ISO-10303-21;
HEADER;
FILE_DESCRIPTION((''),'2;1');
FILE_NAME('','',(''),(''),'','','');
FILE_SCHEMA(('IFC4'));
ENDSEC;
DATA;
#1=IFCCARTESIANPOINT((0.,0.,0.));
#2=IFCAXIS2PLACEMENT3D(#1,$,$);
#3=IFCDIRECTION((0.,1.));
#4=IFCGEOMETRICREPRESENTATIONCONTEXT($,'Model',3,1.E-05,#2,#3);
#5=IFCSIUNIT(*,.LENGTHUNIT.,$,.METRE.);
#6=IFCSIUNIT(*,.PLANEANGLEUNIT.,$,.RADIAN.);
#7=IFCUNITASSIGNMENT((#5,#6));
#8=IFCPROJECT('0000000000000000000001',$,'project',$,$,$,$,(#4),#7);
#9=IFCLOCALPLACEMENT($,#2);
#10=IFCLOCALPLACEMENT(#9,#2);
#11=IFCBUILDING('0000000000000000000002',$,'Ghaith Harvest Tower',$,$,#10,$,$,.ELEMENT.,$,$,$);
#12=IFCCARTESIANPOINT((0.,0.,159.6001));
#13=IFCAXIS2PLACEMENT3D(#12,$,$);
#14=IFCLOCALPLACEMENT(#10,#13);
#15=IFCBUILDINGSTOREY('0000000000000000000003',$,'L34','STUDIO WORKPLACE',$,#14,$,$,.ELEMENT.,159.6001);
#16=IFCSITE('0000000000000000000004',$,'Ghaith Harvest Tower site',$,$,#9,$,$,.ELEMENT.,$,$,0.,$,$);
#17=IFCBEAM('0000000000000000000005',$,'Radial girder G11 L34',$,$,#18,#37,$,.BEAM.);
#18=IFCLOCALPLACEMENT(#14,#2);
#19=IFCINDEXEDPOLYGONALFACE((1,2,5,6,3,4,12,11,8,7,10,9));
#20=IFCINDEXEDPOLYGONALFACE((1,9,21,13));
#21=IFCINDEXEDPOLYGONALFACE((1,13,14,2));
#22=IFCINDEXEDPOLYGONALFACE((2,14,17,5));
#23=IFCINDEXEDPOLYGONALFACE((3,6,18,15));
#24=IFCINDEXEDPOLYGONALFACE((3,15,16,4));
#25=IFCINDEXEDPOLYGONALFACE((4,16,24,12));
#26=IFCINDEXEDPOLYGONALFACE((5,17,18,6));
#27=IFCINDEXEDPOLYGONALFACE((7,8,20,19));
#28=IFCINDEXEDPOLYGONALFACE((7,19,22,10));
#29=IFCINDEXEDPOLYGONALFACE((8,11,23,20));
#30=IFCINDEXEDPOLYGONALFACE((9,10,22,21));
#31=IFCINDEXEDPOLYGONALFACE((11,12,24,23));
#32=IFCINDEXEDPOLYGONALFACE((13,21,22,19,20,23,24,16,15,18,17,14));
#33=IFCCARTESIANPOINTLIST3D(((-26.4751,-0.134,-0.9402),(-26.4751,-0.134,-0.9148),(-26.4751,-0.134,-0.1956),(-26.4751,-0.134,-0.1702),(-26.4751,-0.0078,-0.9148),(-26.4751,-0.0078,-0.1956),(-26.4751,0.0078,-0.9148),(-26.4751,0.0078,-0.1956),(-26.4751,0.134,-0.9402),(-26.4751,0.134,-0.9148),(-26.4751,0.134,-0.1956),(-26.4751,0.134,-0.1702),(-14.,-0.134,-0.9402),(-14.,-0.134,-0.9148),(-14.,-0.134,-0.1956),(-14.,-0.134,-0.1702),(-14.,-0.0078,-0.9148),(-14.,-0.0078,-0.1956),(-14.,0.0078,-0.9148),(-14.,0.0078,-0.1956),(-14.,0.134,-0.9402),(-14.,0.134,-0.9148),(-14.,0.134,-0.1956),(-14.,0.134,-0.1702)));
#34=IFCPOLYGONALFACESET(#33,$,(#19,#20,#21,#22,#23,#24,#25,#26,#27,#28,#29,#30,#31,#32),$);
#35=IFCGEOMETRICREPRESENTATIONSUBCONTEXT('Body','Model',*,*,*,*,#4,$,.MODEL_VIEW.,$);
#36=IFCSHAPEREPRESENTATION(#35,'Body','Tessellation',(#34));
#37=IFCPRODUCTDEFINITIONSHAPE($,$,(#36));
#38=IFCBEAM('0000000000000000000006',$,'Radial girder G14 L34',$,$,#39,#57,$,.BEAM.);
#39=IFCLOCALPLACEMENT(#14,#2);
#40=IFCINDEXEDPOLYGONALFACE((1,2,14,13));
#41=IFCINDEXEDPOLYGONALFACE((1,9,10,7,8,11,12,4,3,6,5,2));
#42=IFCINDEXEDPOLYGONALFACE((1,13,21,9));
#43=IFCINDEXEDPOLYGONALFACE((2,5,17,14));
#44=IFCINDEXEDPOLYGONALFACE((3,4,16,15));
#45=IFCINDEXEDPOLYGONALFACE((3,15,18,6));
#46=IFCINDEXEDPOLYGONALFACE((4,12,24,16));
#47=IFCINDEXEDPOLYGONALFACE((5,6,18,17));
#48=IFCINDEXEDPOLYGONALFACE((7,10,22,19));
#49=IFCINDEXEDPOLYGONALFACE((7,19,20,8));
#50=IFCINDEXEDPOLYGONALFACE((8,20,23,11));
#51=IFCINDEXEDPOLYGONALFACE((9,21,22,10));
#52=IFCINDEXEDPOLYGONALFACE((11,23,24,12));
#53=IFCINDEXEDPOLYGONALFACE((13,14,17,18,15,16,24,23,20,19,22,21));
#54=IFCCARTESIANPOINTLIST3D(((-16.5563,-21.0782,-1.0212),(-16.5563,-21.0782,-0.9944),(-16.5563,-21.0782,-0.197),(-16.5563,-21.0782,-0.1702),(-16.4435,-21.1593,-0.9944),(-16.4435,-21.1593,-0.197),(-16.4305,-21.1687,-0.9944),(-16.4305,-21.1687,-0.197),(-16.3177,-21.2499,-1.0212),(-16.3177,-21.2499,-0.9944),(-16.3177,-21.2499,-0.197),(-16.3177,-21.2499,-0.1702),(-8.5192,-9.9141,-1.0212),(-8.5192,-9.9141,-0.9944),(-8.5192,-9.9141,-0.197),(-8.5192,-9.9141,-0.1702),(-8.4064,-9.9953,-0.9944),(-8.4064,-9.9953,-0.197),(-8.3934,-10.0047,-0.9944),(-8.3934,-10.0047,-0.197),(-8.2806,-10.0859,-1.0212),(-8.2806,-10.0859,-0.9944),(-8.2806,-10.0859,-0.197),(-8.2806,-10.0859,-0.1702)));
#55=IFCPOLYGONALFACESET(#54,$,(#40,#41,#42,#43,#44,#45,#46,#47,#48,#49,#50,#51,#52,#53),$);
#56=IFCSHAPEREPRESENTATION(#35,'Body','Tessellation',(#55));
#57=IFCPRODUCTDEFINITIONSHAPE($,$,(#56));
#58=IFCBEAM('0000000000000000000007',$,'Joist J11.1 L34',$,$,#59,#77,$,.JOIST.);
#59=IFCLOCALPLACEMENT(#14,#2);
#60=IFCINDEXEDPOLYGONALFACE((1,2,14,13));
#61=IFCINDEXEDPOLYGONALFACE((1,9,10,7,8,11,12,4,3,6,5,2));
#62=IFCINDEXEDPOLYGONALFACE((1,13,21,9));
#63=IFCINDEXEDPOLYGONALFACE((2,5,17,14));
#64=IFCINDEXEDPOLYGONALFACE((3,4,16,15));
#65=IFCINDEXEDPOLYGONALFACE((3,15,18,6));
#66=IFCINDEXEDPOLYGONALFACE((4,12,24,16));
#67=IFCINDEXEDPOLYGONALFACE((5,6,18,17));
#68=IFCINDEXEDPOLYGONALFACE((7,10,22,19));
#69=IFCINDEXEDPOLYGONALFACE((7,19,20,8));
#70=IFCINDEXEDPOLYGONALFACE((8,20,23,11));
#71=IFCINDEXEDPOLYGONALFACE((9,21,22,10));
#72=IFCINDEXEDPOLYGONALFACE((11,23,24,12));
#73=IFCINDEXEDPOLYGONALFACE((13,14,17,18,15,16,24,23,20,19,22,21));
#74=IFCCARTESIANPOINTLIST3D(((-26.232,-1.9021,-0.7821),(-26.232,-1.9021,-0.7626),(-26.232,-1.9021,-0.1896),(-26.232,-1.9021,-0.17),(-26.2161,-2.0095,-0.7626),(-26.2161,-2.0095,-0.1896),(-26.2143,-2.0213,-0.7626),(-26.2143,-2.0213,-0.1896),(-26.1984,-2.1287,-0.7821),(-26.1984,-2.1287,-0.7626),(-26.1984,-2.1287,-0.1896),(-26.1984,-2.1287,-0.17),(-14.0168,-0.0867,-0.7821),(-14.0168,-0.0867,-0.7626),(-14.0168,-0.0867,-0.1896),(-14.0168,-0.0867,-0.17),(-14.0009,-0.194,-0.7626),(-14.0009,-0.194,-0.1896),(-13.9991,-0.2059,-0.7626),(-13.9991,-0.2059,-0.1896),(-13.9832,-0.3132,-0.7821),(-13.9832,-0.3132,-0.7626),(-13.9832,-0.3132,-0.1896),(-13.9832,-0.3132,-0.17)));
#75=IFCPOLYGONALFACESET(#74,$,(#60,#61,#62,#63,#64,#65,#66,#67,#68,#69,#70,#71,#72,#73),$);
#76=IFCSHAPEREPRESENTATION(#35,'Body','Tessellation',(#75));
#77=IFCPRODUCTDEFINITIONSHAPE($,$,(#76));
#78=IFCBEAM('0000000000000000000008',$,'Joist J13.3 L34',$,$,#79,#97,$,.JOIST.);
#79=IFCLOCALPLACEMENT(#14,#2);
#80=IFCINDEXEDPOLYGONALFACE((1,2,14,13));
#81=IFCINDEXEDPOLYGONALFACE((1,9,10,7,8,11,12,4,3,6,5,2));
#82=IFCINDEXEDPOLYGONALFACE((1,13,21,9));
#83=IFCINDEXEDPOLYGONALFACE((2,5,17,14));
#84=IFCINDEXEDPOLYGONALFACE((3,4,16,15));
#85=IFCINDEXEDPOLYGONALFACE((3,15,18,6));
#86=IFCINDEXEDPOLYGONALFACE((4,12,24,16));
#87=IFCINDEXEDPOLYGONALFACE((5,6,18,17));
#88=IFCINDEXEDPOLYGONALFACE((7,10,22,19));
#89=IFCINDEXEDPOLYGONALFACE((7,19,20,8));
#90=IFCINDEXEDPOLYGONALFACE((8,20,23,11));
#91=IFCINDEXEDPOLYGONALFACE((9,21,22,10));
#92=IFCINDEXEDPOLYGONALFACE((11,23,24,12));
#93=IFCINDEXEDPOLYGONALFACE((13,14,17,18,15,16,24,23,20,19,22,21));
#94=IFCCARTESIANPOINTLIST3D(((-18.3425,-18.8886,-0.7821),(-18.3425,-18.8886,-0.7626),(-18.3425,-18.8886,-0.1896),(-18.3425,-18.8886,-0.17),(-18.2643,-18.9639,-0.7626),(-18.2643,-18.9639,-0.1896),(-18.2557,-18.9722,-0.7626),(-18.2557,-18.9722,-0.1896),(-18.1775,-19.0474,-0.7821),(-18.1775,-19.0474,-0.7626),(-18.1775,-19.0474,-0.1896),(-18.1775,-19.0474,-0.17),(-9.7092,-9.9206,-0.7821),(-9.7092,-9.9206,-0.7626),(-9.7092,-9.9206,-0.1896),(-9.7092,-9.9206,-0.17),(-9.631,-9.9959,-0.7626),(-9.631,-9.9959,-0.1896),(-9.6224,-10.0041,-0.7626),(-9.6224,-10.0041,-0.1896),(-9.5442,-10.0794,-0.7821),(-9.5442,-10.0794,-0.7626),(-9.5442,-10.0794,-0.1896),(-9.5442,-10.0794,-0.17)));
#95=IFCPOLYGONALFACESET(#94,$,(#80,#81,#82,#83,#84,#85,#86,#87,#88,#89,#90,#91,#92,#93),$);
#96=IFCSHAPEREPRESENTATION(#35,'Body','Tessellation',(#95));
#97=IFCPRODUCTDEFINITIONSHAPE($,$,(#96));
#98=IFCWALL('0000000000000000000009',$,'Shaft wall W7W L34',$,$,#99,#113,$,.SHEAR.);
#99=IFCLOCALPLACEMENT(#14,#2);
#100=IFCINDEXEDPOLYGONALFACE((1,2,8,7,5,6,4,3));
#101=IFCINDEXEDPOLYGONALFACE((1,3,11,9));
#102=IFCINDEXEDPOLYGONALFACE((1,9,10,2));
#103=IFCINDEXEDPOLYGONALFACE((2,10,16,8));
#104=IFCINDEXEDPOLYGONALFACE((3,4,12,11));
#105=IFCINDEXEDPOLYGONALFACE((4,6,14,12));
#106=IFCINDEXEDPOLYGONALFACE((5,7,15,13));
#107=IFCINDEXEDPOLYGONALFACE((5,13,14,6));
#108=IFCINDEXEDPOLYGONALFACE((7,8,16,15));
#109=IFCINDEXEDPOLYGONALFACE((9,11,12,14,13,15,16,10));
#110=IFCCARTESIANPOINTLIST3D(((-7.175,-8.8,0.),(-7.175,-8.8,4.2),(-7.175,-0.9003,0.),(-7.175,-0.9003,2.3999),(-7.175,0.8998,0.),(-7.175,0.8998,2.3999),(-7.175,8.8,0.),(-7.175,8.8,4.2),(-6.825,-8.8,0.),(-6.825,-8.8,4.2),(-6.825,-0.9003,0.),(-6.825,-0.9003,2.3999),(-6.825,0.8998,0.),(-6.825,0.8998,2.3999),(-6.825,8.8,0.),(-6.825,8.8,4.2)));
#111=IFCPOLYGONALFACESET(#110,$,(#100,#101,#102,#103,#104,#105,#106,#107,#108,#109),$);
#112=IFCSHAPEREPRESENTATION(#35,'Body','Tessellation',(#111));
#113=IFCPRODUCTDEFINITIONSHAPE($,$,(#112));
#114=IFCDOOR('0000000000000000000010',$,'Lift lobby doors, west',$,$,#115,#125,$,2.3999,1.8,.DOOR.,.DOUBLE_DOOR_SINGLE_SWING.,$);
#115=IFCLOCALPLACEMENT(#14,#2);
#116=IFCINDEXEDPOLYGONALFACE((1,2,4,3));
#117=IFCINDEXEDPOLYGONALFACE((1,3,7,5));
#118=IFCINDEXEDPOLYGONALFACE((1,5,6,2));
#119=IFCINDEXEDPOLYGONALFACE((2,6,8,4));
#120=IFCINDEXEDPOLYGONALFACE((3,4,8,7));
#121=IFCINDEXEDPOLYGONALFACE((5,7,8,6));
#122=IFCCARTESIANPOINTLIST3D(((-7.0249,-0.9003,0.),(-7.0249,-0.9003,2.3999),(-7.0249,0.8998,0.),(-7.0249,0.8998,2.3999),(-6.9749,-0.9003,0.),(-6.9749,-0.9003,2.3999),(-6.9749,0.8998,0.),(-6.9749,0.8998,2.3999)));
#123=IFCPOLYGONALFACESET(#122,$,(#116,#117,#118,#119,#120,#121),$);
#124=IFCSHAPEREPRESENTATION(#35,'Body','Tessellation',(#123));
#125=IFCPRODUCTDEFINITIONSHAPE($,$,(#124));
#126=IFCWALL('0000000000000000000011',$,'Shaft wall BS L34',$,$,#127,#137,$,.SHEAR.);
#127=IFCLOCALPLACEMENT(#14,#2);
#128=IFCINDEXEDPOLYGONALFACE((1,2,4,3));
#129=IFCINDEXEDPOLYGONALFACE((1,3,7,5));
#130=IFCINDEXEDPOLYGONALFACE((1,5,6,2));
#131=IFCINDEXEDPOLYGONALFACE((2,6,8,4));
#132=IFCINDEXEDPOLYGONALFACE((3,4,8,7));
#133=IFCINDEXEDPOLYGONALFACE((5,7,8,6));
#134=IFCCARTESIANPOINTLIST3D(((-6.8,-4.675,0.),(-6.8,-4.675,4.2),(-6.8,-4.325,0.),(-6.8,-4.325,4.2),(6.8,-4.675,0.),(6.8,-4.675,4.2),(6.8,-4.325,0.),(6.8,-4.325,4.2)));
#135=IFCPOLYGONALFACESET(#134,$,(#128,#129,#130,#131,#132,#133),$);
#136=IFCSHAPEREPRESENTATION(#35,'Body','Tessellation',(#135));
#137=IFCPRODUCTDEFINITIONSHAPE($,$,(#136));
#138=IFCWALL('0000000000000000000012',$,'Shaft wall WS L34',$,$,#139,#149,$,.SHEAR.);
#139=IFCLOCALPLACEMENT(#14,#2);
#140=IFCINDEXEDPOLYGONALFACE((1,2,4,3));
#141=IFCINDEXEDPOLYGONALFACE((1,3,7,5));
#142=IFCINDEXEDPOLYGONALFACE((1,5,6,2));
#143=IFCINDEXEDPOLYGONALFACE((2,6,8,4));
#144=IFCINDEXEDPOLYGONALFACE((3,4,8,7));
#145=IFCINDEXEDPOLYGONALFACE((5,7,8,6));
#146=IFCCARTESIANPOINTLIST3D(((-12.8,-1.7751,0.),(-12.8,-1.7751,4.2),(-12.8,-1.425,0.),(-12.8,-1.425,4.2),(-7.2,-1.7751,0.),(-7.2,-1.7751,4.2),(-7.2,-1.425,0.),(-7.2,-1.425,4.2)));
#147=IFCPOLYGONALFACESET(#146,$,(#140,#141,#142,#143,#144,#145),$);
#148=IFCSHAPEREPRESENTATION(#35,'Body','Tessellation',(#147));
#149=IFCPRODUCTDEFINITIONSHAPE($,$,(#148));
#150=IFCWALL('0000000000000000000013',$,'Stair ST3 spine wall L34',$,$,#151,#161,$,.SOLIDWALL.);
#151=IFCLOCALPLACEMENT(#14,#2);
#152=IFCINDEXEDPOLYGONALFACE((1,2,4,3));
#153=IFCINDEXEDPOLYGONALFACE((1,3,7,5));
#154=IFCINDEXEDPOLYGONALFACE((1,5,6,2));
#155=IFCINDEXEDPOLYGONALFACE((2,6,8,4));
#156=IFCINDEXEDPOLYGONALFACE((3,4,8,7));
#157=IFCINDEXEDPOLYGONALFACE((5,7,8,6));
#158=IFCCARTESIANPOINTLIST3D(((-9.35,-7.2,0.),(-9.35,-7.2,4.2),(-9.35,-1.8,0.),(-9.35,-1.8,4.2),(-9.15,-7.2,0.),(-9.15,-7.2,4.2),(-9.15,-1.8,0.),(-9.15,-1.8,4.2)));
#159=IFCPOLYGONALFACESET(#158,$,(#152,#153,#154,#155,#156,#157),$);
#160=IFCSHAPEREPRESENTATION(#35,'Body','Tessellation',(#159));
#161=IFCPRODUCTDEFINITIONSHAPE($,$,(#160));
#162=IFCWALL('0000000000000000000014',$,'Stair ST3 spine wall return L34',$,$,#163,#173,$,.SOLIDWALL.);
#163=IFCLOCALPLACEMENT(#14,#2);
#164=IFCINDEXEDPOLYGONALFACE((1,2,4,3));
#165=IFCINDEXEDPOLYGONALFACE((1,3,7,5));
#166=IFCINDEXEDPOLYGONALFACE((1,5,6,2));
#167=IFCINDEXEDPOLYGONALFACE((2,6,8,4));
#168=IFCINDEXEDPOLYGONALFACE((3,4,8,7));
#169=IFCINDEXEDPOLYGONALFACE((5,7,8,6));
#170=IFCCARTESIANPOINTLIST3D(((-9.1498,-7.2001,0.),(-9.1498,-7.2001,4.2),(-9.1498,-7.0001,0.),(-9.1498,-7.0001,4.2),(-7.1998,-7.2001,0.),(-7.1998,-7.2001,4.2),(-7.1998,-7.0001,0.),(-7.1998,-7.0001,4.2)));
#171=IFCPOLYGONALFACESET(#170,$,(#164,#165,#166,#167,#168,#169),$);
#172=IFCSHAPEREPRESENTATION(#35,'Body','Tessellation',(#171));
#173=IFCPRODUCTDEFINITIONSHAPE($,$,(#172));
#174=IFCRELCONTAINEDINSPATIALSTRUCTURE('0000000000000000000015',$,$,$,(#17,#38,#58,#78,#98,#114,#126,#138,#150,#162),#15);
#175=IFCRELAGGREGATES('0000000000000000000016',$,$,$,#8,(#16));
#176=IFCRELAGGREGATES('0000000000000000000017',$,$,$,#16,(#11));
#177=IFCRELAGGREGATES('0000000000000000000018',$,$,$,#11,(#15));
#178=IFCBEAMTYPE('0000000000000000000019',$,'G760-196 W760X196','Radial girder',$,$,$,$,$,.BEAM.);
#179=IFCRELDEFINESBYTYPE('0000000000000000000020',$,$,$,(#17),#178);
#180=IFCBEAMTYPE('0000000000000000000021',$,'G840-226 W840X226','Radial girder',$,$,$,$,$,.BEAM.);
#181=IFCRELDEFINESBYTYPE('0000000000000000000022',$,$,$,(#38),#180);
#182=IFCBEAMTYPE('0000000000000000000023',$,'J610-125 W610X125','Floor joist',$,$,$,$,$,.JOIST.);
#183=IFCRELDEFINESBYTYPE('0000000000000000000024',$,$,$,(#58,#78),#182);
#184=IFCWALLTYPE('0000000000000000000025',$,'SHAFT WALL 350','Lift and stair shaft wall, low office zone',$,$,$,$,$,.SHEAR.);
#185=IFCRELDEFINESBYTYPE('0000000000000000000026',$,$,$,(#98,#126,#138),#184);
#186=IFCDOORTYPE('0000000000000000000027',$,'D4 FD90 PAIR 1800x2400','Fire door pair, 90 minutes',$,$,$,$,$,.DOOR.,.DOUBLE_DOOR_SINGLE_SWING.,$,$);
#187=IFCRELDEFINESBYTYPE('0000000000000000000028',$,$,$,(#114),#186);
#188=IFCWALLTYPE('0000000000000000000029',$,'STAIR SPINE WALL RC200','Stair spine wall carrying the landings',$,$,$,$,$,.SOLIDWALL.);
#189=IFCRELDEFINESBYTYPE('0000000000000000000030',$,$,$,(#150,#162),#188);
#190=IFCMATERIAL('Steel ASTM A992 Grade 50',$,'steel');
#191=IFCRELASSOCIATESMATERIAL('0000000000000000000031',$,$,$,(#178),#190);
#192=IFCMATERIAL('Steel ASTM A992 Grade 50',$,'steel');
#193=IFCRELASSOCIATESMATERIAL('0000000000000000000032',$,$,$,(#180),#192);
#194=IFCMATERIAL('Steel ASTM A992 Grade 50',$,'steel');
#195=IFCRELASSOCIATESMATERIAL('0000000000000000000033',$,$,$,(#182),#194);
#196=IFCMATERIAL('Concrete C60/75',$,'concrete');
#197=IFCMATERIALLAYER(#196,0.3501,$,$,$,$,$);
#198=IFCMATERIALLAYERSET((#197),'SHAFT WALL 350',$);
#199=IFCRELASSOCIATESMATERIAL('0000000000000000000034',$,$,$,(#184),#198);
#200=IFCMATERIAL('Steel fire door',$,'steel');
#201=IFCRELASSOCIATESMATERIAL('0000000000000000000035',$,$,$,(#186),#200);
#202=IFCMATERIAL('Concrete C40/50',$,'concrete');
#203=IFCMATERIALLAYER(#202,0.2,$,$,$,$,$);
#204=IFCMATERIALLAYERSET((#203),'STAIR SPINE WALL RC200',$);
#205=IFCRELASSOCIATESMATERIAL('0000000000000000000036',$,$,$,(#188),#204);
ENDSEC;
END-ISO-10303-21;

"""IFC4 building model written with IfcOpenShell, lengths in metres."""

from ifc_helpers import new_model, si_unit, direction, frame, frame_2d, origin, origin_2d, place, context, subcontext, project, spatial, rectangle, i_section, extrude, material, layer, layer_set, material_profile, profile_set, type_object, element, fill, save


model = new_model("IFC4")

# Units and contexts
model_context = context("Model", 3, precision=1e-05, world=origin(), true_north=direction((0.0, 1.0)))
body_context = subcontext(model_context, "Body", "Model", "MODEL_VIEW")
ifc_project = project(units=[si_unit("LENGTHUNIT", "METRE"), si_unit("PLANEANGLEUNIT", "RADIAN")], contexts=[model_context])

# Site, building, storey
site_placement = place(None, origin())
site = spatial("IfcSite", under=ifc_project, at=site_placement, Name="Ghaith Harvest Tower site", CompositionType="ELEMENT", RefElevation=0.0)
building_placement = place(site_placement, origin())
building = spatial("IfcBuilding", under=site, at=building_placement, Name="Ghaith Harvest Tower", CompositionType="ELEMENT")
storey_placement = place(building_placement, frame((0.0, 0.0, 159.6001)))
storey = spatial("IfcBuildingStorey", under=building, at=storey_placement, Name="L34", Description="STUDIO WORKPLACE", CompositionType="ELEMENT", Elevation=159.6001)

# Beams
ifc_material_1 = material(Name="Steel ASTM A992 Grade 50", Category="steel")
ifc_material_profile_1 = material_profile(ifc_material_1, i_section(OverallWidth=0.2681, OverallDepth=0.77, WebThickness=0.0156, FlangeThickness=0.0254, at=origin_2d()), Name="W760X196")
ifc_profile_set_1 = profile_set([ifc_material_profile_1], Name="Steel ASTM A992 Grade 50")
beam_type_1 = type_object("IfcBeamType", Name="G760-196 W760X196", Description="Radial girder", PredefinedType="BEAM", material=ifc_profile_set_1)
beam_1_placement = place(storey_placement, frame((-14.0, 0.0, -0.5552), z_axis=(-1.0, 0.0, 0.0), x_axis=(0.0, -1.0, 0.0)))
element("IfcBeam", 1, at=beam_1_placement, inside=storey, type_object=beam_type_1, Name="Radial girder G11 L34", PredefinedType="BEAM", context=body_context, shape_type="SweptSolid", body=[
    extrude(i_section(OverallWidth=0.2681, OverallDepth=0.77, WebThickness=0.0156, FlangeThickness=0.0254, at=origin_2d()), origin(), (0.0, 0.0, 1.0), 12.4751),
])
ifc_material_2 = material(Name="Steel ASTM A992 Grade 50", Category="steel")
ifc_material_profile_2 = material_profile(ifc_material_2, i_section(OverallWidth=0.2939, OverallDepth=0.8511, WebThickness=0.0161, FlangeThickness=0.0269, at=origin_2d()), Name="W840X226")
ifc_profile_set_2 = profile_set([ifc_material_profile_2], Name="Steel ASTM A992 Grade 50")
beam_type_2 = type_object("IfcBeamType", Name="G840-226 W840X226", Description="Radial girder", PredefinedType="BEAM", material=ifc_profile_set_2)
beam_2_placement = place(storey_placement, frame((-8.3999, -10.0, -0.5957), z_axis=(-0.584256, -0.811569, 0.0), x_axis=(0.811569, -0.584256, 0.0)))
element("IfcBeam", 2, at=beam_2_placement, inside=storey, type_object=beam_type_2, Name="Radial girder G14 L34", PredefinedType="BEAM", context=body_context, shape_type="SweptSolid", body=[
    extrude(i_section(OverallWidth=0.2939, OverallDepth=0.8511, WebThickness=0.0161, FlangeThickness=0.0269, at=origin_2d()), origin(), (0.0, 0.0, 1.0), 13.7561),
])
ifc_material_3 = material(Name="Steel ASTM A992 Grade 50", Category="steel")
ifc_material_profile_3 = material_profile(ifc_material_3, i_section(OverallWidth=0.229, OverallDepth=0.6121, WebThickness=0.012, FlangeThickness=0.0195, at=origin_2d()), Name="W610X125")
ifc_profile_set_3 = profile_set([ifc_material_profile_3], Name="Steel ASTM A992 Grade 50")
beam_type_3 = type_object("IfcBeamType", Name="J610-125 W610X125", Description="Floor joist", PredefinedType="JOIST", material=ifc_profile_set_3)
beam_3_placement = place(storey_placement, frame((-14.0, -0.2, -0.4761), z_axis=(-0.989135, -0.147007, 0.0), x_axis=(0.147007, -0.989135, 0.0)))
element("IfcBeam", 3, at=beam_3_placement, inside=storey, type_object=beam_type_3, Name="Joist J11.1 L34", PredefinedType="JOIST", context=body_context, shape_type="SweptSolid", body=[
    extrude(i_section(OverallWidth=0.229, OverallDepth=0.6121, WebThickness=0.012, FlangeThickness=0.0195, at=origin_2d()), origin(), (0.0, 0.0, 1.0), 12.3494),
])
beam_4_placement = place(storey_placement, frame((-9.6267, -10.0, -0.4761), z_axis=(-0.693535, -0.720423, 0.0), x_axis=(0.720423, -0.693535, 0.0)))
element("IfcBeam", 4, at=beam_4_placement, inside=storey, type_object=beam_type_3, Name="Joist J13.3 L34", PredefinedType="JOIST", context=body_context, shape_type="SweptSolid", body=[
    extrude(i_section(OverallWidth=0.229, OverallDepth=0.6121, WebThickness=0.012, FlangeThickness=0.0195, at=origin_2d()), origin(), (0.0, 0.0, 1.0), 12.4482),
])

# Wall, opening, door
ifc_material_4 = material(Name="Concrete C60/75", Category="concrete")
ifc_layer_1 = layer(ifc_material_4, 0.3501)
ifc_layer_set_1 = layer_set([ifc_layer_1], Name="SHAFT WALL 350")
wall_type_1 = type_object("IfcWallType", Name="SHAFT WALL 350", Description="Lift and stair shaft wall, low office zone", PredefinedType="SHEAR", material=ifc_layer_set_1)
wall_1_placement = place(storey_placement, frame((-7.0, -8.8, 0.0), z_axis=(0.0, 0.0, 1.0), x_axis=(0.0, 1.0, 0.0)))
wall_1 = element("IfcWall", 5, at=wall_1_placement, inside=storey, type_object=wall_type_1, Name="Shaft wall W7W L34", PredefinedType="SHEAR", context=body_context, shape_type="SweptSolid", body=[
    extrude(rectangle(XDim=17.6001, YDim=0.3501, at=frame_2d((8.8, 0.0))), origin(), (0.0, 0.0, 1.0), 4.2),
])
opening_1_placement = place(wall_1_placement, frame((7.8999, 0.0, 0.0)))
opening_1 = element("IfcOpeningElement", 6, at=opening_1_placement, cuts=wall_1, PredefinedType="OPENING", context=body_context, shape_type="SweptSolid", body=[
    extrude(rectangle(XDim=1.8, YDim=2.3999, at=frame_2d((0.8999, 1.2))), frame((0.0, 0.1851, 0.0), z_axis=(0.0, -1.0, 0.0), x_axis=(1.0, 0.0, 0.0)), (0.0, 0.0, 1.0), 0.3701),
])
ifc_material_5 = material(Name="Steel fire door", Category="steel")
door_type_1 = type_object("IfcDoorType", Name="D4 FD90 PAIR 1800x2400", Description="Fire door pair, 90 minutes", OperationType="DOUBLE_DOOR_SINGLE_SWING", PredefinedType="DOOR", material=ifc_material_5)
door_1_placement = place(opening_1_placement, origin())
door_1 = element("IfcDoor", 7, at=door_1_placement, inside=storey, type_object=door_type_1, Name="Lift lobby doors, west", OperationType="DOUBLE_DOOR_SINGLE_SWING", OverallHeight=2.3999, OverallWidth=1.8, PredefinedType="DOOR", context=body_context, shape_type="SweptSolid", body=[
    extrude(rectangle(XDim=1.8, YDim=2.3999, at=frame_2d((0.8999, 1.2))), frame((0.0, 0.0249, 0.0), z_axis=(0.0, -1.0, 0.0), x_axis=(1.0, 0.0, 0.0)), (0.0, 0.0, 1.0), 0.05),
])
fill(opening_1, door_1)

# Walls
wall_2_placement = place(storey_placement, frame((-6.8, -4.5, 0.0), z_axis=(0.0, 0.0, 1.0), x_axis=(1.0, 0.0, 0.0)))
element("IfcWall", 8, at=wall_2_placement, inside=storey, type_object=wall_type_1, Name="Shaft wall BS L34", PredefinedType="SHEAR", context=body_context, shape_type="SweptSolid", body=[
    extrude(rectangle(XDim=13.6001, YDim=0.3501, at=frame_2d((6.8, 0.0))), origin(), (0.0, 0.0, 1.0), 4.2),
])
wall_3_placement = place(storey_placement, frame((-12.8, -1.6001, 0.0), z_axis=(0.0, 0.0, 1.0), x_axis=(1.0, 0.0, 0.0)))
element("IfcWall", 9, at=wall_3_placement, inside=storey, type_object=wall_type_1, Name="Shaft wall WS L34", PredefinedType="SHEAR", context=body_context, shape_type="SweptSolid", body=[
    extrude(rectangle(XDim=5.6001, YDim=0.3501, at=frame_2d((2.8, 0.0))), origin(), (0.0, 0.0, 1.0), 4.2),
])
ifc_material_6 = material(Name="Concrete C40/50", Category="concrete")
ifc_layer_2 = layer(ifc_material_6, 0.2)
ifc_layer_set_2 = layer_set([ifc_layer_2], Name="STAIR SPINE WALL RC200")
wall_type_2 = type_object("IfcWallType", Name="STAIR SPINE WALL RC200", Description="Stair spine wall carrying the landings", PredefinedType="SOLIDWALL", material=ifc_layer_set_2)
wall_4_placement = place(storey_placement, frame((-9.25, -7.2, 0.0), z_axis=(0.0, 0.0, 1.0), x_axis=(0.0, 1.0, 0.0)))
element("IfcWall", 10, at=wall_4_placement, inside=storey, type_object=wall_type_2, Name="Stair ST3 spine wall L34", PredefinedType="SOLIDWALL", context=body_context, shape_type="SweptSolid", body=[
    extrude(rectangle(XDim=5.3999, YDim=0.2, at=frame_2d((2.7, 0.0))), origin(), (0.0, 0.0, 1.0), 4.2),
])
wall_5_placement = place(storey_placement, frame((-9.1499, -7.1001, 0.0), z_axis=(0.0, 0.0, 1.0), x_axis=(1.0, 0.0, 0.0)))
element("IfcWall", 11, at=wall_5_placement, inside=storey, type_object=wall_type_2, Name="Stair ST3 spine wall return L34", PredefinedType="SOLIDWALL", context=body_context, shape_type="SweptSolid", body=[
    extrude(rectangle(XDim=1.95, YDim=0.2, at=frame_2d((0.9751, 0.0))), origin(), (0.0, 0.0, 1.0), 4.2),
])

save(model, "model.ifc")
